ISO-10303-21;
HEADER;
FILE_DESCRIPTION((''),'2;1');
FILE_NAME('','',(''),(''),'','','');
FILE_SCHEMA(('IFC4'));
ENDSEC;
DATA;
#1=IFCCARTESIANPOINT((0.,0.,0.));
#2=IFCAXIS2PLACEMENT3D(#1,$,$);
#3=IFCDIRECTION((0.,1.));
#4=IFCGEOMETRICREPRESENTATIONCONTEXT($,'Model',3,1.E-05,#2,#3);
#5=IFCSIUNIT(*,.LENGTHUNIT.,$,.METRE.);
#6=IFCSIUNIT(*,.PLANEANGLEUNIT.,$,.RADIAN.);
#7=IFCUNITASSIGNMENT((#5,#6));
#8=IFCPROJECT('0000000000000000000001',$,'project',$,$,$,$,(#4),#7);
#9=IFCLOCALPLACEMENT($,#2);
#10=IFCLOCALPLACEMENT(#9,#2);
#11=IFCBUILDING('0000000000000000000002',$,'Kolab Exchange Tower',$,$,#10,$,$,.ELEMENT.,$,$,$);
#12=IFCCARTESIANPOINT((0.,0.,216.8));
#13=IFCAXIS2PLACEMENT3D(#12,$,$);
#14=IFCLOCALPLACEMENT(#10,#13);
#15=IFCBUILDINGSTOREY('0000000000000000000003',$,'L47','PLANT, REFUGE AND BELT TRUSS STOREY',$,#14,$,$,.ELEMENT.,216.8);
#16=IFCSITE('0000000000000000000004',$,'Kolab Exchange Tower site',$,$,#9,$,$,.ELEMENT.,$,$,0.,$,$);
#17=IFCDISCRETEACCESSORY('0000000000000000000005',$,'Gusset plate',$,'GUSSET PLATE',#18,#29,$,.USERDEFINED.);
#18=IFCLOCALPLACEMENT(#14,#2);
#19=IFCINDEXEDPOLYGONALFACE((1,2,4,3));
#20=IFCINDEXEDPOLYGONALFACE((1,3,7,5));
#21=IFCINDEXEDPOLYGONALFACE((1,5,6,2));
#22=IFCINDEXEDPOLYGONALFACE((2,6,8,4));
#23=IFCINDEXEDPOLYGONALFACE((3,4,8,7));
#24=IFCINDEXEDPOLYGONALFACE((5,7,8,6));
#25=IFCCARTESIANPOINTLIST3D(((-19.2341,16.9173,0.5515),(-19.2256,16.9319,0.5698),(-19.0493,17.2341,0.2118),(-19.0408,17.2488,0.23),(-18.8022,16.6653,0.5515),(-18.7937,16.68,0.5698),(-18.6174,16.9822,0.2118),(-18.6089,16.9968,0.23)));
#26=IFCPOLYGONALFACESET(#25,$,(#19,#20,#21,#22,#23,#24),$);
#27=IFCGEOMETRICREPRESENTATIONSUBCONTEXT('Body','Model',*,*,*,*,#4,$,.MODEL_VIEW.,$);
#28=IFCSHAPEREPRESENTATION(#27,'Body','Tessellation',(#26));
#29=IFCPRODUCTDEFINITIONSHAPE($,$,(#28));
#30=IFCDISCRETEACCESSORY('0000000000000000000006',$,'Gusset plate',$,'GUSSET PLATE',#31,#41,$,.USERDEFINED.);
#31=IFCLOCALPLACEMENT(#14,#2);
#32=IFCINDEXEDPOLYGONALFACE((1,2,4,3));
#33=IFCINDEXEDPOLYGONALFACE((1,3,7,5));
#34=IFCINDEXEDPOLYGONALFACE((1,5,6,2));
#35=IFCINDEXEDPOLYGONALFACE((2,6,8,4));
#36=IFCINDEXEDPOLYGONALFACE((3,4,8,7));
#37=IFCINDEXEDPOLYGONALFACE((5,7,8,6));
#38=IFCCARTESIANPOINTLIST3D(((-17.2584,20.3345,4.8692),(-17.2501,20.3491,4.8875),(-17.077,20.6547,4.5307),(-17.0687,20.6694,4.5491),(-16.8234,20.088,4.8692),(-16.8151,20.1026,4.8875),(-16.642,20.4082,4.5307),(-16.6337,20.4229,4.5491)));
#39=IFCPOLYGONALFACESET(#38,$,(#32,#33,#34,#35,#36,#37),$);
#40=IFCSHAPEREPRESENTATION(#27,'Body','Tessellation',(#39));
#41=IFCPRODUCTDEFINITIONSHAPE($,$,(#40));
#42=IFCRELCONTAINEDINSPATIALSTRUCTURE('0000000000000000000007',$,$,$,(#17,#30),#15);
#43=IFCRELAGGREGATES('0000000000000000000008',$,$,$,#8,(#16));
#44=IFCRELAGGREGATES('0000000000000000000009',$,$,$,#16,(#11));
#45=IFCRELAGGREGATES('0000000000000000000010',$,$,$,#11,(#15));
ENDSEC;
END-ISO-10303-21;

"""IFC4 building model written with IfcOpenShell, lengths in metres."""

from ifc_helpers import new_model, si_unit, direction, frame, origin, origin_2d, place, context, subcontext, project, spatial, rectangle, extrude, element, save


model = new_model("IFC4")

# Units and contexts
model_context = context("Model", 3, precision=1e-05, world=origin(), true_north=direction((0.0, 1.0)))
body_context = subcontext(model_context, "Body", "Model", "MODEL_VIEW")
ifc_project = project(units=[si_unit("LENGTHUNIT", "METRE"), si_unit("PLANEANGLEUNIT", "RADIAN")], contexts=[model_context])

# Site, building, storey
site_placement = place(None, origin())
site = spatial("IfcSite", under=ifc_project, at=site_placement, Name="Kolab Exchange Tower site", CompositionType="ELEMENT", RefElevation=0.0)
building_placement = place(site_placement, origin())
building = spatial("IfcBuilding", under=site, at=building_placement, Name="Kolab Exchange Tower", CompositionType="ELEMENT")
storey_placement = place(building_placement, frame((0.0, 0.0, 216.8)))
storey = spatial("IfcBuildingStorey", under=building, at=storey_placement, Name="L47", Description="PLANT, REFUGE AND BELT TRUSS STOREY", CompositionType="ELEMENT", Elevation=216.8)

# Discrete accessories
for number, where, z_axis, x_axis, name in (
    (1, (-18.9172, 16.9644, 0.3999), (-0.342381, -0.586939, -0.733674), (0.863779, -0.503871, 0.0), "Gusset plate"),
    (2, (-16.9502, 20.3713, 4.7), (0.333702, 0.588887, 0.736108), (-0.870022, 0.493013, 0.0), "Gusset plate"),
):
    element("IfcDiscreteAccessory", number, at=place(storey_placement, frame(where, z_axis=z_axis, x_axis=x_axis)), inside=storey, Name=name, ObjectType="GUSSET PLATE", PredefinedType="USERDEFINED", context=body_context, shape_type="SweptSolid", body=[
        extrude(rectangle(XDim=0.5, YDim=0.5, at=origin_2d()), origin(), (0.0, 0.0, 1.0), 0.0249),
    ])

save(model, "model.ifc")
